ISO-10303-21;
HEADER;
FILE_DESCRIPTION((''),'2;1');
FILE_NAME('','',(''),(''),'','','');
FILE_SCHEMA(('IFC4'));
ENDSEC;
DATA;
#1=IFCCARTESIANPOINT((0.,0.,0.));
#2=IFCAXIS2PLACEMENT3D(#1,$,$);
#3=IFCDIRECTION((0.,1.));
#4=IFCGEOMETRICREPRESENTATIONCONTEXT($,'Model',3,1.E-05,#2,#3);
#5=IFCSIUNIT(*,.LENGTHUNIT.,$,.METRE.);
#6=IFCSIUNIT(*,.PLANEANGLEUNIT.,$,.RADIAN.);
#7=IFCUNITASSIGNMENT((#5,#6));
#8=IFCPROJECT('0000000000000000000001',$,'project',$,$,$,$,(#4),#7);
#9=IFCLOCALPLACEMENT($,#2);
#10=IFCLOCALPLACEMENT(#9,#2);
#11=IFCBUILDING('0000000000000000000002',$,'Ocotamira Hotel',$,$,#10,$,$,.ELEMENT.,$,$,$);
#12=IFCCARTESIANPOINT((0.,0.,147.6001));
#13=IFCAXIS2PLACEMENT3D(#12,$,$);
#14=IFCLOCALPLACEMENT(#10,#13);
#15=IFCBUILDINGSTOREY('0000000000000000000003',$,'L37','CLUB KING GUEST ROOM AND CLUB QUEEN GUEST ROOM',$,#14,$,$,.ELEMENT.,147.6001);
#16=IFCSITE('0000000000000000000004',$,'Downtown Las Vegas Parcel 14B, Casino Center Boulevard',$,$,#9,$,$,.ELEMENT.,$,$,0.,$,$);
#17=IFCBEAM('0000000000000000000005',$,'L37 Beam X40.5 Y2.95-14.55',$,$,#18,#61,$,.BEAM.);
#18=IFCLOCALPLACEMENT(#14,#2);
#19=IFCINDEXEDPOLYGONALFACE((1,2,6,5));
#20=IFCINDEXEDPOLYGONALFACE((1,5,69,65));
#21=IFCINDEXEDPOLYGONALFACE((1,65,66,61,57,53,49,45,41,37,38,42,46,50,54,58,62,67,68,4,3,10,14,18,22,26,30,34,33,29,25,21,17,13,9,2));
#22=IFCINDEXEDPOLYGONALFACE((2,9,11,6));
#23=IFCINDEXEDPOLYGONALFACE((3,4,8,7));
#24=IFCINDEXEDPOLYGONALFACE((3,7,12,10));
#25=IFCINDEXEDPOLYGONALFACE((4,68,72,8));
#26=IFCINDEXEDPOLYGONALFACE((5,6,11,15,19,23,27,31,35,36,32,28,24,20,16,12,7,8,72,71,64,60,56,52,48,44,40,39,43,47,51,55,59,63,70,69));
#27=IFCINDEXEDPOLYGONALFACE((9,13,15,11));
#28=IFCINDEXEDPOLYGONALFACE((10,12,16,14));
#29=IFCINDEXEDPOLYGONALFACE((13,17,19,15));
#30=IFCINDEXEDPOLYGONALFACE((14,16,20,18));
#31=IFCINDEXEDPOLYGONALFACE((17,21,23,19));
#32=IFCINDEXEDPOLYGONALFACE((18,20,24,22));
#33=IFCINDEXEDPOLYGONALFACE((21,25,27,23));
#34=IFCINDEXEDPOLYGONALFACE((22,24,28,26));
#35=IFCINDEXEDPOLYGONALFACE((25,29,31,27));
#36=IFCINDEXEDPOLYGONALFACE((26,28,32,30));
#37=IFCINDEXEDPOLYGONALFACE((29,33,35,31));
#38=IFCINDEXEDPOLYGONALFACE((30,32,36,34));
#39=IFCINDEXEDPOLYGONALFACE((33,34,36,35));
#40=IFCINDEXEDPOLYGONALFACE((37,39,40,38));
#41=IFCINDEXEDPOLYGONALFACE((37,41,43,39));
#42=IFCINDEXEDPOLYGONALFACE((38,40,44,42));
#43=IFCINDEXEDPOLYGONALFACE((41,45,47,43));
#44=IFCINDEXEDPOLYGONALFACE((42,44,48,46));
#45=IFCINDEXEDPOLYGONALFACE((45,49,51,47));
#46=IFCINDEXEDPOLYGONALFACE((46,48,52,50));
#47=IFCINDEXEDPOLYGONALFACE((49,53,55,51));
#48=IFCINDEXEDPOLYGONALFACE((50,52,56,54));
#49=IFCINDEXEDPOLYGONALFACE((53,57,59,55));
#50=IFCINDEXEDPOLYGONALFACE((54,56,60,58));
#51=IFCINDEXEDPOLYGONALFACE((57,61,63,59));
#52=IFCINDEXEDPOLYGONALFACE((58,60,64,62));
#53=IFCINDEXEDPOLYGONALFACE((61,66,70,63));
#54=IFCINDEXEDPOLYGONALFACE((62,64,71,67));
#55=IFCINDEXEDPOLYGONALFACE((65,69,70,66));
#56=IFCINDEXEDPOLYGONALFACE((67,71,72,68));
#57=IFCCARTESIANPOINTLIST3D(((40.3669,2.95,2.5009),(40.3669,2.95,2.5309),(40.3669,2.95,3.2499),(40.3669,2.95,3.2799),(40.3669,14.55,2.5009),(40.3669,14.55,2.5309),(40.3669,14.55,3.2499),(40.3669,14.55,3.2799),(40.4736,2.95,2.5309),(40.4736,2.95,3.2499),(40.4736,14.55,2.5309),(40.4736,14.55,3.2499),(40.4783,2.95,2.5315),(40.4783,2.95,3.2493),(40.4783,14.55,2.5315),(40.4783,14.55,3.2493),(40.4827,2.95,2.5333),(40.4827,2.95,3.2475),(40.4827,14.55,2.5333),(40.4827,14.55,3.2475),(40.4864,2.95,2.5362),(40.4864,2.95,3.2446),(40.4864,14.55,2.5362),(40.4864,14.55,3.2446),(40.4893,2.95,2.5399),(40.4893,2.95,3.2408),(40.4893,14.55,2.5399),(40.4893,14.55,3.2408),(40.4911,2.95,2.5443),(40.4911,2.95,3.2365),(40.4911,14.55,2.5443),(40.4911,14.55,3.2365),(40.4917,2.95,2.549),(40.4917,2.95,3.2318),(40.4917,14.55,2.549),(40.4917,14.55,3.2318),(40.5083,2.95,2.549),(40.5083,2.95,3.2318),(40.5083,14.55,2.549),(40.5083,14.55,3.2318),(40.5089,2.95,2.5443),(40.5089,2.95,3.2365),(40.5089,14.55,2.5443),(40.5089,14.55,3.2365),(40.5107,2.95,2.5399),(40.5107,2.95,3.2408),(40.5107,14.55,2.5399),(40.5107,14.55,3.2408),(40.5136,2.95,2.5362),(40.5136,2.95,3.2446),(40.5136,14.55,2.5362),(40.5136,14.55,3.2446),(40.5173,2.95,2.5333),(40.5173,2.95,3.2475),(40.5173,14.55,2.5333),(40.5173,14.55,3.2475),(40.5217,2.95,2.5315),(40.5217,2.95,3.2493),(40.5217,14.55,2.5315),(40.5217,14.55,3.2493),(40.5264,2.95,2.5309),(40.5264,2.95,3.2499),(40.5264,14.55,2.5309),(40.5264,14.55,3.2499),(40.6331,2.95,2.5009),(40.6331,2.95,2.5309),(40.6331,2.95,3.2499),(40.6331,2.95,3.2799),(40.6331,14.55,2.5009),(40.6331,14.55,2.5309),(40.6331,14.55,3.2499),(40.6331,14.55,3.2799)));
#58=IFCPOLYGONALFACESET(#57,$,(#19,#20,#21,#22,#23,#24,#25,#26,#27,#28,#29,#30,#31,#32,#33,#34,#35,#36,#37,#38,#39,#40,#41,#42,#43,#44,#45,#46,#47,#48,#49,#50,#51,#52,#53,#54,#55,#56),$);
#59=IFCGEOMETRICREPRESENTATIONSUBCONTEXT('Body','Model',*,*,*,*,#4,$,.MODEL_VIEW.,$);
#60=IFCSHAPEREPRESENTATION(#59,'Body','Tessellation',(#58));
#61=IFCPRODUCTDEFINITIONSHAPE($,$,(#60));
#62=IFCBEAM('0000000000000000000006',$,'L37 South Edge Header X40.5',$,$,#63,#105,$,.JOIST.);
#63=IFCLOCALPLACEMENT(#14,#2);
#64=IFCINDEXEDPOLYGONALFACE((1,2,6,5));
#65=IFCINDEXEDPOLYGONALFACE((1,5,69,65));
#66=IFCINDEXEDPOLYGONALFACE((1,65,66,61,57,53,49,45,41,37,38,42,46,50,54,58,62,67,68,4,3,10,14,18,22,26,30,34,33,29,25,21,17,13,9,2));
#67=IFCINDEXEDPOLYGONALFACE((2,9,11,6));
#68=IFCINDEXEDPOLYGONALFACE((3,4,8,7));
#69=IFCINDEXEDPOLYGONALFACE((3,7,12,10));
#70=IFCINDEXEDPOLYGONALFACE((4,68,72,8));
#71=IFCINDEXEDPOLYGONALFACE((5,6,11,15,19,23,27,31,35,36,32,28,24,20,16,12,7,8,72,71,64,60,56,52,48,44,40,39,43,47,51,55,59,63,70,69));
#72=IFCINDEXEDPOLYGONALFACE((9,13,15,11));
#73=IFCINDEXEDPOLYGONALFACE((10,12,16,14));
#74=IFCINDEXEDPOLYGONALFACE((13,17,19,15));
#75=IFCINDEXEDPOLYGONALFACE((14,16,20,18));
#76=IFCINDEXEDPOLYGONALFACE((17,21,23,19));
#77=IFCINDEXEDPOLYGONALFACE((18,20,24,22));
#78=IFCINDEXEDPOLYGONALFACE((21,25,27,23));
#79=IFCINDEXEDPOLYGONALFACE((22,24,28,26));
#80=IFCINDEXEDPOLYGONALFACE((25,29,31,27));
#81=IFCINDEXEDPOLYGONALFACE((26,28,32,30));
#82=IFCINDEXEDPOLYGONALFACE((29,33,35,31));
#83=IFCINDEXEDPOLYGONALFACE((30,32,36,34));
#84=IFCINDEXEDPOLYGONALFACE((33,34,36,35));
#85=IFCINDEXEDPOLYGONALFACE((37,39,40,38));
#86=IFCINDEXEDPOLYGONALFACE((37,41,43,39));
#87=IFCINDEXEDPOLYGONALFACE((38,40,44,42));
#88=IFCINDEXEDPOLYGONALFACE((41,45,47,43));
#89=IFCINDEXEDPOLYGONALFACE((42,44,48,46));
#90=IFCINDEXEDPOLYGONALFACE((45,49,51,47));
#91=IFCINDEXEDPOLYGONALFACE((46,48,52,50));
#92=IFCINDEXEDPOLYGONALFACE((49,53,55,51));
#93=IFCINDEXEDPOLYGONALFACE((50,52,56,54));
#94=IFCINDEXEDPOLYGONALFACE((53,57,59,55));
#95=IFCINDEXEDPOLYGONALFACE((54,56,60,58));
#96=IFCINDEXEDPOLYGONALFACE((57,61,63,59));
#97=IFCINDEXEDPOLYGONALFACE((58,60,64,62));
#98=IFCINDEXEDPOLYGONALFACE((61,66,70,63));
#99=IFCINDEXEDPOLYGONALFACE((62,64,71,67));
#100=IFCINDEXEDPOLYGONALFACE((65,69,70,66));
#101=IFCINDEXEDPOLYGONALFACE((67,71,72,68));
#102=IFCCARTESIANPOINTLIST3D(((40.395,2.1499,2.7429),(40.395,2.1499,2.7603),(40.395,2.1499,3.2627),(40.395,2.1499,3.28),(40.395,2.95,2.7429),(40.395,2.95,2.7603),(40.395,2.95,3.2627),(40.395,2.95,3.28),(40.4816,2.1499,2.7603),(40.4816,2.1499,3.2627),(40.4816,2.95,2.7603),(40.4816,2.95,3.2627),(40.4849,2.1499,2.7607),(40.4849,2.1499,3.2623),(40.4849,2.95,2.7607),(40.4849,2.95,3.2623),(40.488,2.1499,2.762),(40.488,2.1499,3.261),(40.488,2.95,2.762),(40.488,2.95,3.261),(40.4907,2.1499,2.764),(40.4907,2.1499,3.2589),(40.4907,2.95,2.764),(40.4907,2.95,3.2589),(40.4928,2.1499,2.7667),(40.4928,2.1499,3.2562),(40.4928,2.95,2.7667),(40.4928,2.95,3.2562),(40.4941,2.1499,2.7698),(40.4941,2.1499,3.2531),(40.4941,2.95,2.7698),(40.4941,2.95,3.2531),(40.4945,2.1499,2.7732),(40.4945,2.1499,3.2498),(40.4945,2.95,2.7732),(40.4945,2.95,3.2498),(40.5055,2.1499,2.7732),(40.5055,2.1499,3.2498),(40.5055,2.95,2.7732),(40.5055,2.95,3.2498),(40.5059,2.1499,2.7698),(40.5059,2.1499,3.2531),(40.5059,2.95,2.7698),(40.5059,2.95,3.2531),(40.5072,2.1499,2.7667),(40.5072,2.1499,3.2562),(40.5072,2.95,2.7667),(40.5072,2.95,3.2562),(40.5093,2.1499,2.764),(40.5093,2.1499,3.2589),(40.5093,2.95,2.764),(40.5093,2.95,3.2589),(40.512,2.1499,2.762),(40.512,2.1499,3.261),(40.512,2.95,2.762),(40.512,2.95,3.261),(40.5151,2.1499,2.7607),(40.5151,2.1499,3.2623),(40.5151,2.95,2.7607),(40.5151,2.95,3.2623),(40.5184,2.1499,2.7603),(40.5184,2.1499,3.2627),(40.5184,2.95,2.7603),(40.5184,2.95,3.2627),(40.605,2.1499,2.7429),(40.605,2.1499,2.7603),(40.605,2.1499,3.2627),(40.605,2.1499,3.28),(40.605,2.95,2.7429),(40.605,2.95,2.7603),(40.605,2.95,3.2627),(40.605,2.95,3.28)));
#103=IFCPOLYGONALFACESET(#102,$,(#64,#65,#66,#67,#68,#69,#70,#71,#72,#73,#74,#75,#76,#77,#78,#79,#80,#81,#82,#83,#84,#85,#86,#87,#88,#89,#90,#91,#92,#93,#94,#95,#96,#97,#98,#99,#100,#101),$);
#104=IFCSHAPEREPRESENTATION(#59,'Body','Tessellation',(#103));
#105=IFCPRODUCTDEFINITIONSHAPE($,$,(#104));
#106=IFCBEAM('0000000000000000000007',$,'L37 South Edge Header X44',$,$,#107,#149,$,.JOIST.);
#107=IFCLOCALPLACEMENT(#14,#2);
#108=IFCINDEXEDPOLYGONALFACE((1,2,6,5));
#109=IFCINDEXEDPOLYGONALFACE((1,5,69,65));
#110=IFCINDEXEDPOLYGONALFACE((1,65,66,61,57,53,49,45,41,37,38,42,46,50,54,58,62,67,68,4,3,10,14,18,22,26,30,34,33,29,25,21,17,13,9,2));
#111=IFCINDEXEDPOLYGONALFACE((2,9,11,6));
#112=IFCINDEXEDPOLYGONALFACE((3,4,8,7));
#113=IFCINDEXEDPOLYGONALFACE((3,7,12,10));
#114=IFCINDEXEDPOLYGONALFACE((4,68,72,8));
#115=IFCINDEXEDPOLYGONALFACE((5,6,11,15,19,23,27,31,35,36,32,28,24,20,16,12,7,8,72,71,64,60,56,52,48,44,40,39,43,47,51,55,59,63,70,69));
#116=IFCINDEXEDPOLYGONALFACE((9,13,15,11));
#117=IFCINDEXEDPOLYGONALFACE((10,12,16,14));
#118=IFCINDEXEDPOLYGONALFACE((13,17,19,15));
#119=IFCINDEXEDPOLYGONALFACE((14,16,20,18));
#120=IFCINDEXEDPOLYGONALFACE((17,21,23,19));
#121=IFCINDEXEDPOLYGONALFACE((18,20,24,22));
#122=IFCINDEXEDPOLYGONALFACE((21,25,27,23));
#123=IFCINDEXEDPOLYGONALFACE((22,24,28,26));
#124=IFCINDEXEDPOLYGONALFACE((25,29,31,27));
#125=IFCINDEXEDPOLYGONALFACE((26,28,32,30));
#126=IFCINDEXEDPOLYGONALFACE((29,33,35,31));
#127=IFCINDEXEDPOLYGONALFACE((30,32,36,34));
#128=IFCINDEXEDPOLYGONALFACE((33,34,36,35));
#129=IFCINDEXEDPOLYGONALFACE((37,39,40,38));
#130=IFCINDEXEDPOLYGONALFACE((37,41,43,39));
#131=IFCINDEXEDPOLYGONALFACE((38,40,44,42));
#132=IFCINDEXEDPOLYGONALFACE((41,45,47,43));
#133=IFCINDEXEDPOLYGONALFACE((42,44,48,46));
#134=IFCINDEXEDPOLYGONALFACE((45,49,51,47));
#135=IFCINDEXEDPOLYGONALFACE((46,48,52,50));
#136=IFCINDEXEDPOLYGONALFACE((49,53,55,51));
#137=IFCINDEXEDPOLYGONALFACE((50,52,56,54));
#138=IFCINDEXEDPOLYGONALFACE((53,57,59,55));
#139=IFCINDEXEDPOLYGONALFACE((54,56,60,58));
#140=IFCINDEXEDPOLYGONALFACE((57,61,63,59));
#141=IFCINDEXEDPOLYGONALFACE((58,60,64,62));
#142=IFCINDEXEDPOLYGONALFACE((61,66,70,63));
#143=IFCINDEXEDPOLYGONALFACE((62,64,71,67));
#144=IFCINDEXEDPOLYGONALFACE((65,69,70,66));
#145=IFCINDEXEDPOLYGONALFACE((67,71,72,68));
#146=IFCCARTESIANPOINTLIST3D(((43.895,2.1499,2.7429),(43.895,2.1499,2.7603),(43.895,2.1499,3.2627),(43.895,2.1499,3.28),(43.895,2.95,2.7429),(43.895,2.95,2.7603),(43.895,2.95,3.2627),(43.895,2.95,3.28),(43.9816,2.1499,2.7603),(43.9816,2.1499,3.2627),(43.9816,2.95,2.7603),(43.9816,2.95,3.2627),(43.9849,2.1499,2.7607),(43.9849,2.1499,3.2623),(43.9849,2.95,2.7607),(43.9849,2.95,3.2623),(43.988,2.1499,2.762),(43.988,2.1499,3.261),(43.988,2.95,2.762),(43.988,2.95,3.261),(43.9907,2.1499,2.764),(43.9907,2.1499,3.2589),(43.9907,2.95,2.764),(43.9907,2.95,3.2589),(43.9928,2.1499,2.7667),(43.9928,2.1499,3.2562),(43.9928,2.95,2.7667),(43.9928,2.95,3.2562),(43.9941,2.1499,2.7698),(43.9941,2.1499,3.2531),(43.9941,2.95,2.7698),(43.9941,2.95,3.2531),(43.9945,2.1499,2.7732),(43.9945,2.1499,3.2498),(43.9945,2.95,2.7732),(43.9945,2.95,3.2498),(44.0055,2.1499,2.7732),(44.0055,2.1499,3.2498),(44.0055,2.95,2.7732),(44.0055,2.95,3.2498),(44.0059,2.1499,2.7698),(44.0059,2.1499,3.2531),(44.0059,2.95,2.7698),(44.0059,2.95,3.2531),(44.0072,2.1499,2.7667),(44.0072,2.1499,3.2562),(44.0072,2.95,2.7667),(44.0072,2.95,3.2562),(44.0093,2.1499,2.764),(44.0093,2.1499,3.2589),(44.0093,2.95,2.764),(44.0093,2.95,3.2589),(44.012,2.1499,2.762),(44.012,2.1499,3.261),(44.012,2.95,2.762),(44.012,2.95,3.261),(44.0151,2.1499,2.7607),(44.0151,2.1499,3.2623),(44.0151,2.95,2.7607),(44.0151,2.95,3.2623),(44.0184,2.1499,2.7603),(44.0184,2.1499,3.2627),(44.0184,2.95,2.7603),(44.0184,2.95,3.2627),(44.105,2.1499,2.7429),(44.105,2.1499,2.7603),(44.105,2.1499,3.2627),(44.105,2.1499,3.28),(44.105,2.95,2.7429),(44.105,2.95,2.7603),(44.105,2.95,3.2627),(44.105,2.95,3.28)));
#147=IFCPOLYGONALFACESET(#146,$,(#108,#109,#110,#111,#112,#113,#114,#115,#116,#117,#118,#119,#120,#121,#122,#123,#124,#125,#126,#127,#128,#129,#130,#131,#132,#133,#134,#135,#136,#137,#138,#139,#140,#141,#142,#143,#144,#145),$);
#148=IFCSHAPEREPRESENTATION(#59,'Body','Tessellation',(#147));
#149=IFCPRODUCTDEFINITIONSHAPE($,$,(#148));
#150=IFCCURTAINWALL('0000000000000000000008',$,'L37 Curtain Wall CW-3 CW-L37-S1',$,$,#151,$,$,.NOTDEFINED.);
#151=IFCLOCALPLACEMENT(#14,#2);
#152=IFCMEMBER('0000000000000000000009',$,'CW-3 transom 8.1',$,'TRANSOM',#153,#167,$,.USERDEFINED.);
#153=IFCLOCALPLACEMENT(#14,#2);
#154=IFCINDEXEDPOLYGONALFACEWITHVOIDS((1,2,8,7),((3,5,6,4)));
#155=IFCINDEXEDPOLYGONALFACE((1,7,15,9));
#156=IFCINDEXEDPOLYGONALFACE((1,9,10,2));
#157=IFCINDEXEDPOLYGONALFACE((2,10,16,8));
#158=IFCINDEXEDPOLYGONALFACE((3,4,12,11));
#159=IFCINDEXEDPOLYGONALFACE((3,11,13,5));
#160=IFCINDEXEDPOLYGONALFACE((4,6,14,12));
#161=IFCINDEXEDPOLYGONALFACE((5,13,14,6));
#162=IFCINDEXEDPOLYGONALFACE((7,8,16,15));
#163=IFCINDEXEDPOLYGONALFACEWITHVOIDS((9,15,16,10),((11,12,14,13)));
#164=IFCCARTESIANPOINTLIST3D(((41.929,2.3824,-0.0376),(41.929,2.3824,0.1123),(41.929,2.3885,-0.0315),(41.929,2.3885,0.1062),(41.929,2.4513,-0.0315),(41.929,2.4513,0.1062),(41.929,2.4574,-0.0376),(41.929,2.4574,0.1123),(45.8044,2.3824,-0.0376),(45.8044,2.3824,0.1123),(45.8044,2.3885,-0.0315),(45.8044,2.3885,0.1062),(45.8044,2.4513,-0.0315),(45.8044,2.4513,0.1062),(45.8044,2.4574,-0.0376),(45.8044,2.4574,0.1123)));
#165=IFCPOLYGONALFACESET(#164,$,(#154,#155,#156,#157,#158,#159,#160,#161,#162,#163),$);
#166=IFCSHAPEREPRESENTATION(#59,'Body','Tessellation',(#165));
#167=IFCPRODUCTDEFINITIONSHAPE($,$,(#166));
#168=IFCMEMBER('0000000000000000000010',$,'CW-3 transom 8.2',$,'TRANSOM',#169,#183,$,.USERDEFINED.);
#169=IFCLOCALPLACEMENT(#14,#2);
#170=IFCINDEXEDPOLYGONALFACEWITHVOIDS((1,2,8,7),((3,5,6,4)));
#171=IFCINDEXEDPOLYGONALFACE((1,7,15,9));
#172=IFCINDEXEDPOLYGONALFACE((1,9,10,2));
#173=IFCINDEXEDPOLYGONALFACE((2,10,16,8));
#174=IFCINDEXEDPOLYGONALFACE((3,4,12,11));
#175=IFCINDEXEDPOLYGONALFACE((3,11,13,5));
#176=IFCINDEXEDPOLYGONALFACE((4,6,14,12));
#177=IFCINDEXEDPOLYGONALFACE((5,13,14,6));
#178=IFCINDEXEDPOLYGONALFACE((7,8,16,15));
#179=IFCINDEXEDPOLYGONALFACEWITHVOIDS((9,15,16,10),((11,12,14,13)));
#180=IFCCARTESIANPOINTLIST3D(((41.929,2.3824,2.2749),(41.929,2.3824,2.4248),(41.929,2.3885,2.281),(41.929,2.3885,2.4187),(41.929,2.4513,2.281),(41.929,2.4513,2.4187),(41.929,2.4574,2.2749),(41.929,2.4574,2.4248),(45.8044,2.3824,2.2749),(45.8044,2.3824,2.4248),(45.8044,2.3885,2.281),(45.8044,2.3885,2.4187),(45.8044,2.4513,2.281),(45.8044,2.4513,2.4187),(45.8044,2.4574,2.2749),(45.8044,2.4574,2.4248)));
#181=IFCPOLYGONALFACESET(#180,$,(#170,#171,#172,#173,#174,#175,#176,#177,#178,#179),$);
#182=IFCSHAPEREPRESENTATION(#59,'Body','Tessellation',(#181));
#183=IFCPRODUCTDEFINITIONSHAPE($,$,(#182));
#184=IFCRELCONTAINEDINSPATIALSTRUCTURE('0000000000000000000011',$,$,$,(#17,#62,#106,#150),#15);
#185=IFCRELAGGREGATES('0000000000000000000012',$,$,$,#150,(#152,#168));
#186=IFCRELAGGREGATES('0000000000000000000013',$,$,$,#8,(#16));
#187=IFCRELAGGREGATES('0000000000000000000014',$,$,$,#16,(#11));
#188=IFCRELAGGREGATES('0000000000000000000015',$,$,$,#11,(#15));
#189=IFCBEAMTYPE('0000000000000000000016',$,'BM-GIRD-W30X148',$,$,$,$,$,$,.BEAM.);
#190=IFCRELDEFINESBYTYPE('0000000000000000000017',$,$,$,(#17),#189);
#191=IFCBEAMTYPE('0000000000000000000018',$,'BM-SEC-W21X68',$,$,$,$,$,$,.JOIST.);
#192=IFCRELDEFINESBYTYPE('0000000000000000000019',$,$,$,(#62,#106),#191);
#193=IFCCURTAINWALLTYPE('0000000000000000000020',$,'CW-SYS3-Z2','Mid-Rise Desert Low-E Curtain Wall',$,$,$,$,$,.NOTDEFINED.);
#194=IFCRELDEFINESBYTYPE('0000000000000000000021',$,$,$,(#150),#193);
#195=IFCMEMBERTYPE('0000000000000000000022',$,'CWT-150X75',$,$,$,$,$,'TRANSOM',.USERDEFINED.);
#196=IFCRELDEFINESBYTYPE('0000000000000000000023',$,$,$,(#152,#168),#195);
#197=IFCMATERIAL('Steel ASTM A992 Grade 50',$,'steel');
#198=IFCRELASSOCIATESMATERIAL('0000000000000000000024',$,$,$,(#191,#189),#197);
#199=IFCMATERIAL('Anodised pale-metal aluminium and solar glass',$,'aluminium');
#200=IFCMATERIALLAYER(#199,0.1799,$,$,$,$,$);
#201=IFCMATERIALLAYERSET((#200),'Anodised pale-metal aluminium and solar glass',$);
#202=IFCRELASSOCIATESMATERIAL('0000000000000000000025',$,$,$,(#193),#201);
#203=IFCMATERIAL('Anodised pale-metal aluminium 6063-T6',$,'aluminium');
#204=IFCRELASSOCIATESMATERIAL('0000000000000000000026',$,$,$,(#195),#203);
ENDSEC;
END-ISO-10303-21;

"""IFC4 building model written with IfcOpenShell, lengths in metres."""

from ifc_helpers import new_model, si_unit, direction, frame, origin, origin_2d, place, context, subcontext, project, spatial, hollow_rectangle, i_section, extrude, source, transform, mapped, material, layer, layer_set, material_profile, profile_set, type_object, element, aggregate, save


model = new_model("IFC4")

# Units and contexts
model_context = context("Model", 3, precision=1e-05, world=origin(), true_north=direction((0.0, 1.0)))
body_context = subcontext(model_context, "Body", "Model", "MODEL_VIEW")
ifc_project = project(units=[si_unit("LENGTHUNIT", "METRE"), si_unit("PLANEANGLEUNIT", "RADIAN")], contexts=[model_context])

# Site, building, storey
site_placement = place(None, origin())
site = spatial("IfcSite", under=ifc_project, at=site_placement, Name="Downtown Las Vegas Parcel 14B, Casino Center Boulevard", CompositionType="ELEMENT", RefElevation=0.0)
building_placement = place(site_placement, origin())
building = spatial("IfcBuilding", under=site, at=building_placement, Name="Ocotamira Hotel", CompositionType="ELEMENT")
storey_placement = place(building_placement, frame((0.0, 0.0, 147.6001)))
storey = spatial("IfcBuildingStorey", under=building, at=storey_placement, Name="L37", Description="CLUB KING GUEST ROOM AND CLUB QUEEN GUEST ROOM", CompositionType="ELEMENT", Elevation=147.6001)

# Beams
ifc_material_1 = material(Name="Steel ASTM A992 Grade 50", Category="steel")
ifc_material_profile_1 = material_profile(ifc_material_1, i_section(OverallWidth=0.21, OverallDepth=0.5371, WebThickness=0.011, FlangeThickness=0.0173, FilletRadius=0.0129, at=origin_2d()), Name="W21X68")
ifc_profile_set_1 = profile_set([ifc_material_profile_1], Name="Steel ASTM A992 Grade 50")
beam_type_1 = type_object("IfcBeamType", Name="BM-SEC-W21X68", PredefinedType="JOIST", material=ifc_profile_set_1)
ifc_material_profile_2 = material_profile(ifc_material_1, i_section(OverallWidth=0.2661, OverallDepth=0.7791, WebThickness=0.0166, FlangeThickness=0.03, FilletRadius=0.0181, at=origin_2d()), Name="W30X148")
ifc_profile_set_2 = profile_set([ifc_material_profile_2], Name="Steel ASTM A992 Grade 50")
beam_type_2 = type_object("IfcBeamType", Name="BM-GIRD-W30X148", PredefinedType="BEAM", material=ifc_profile_set_2)
shared_shape_1 = source(origin(), body_context, "Body", "SweptSolid", [
    extrude(i_section(OverallWidth=0.2661, OverallDepth=0.7791, WebThickness=0.0166, FlangeThickness=0.03, FilletRadius=0.0181, at=origin_2d()), origin(), (0.0, 0.0, 1.0), 11.6001),
])
beam_1_placement = place(storey_placement, frame((40.5, 2.95, 2.8904), z_axis=(0.0, 1.0, 0.0), x_axis=(-1.0, 0.0, 0.0)))
element("IfcBeam", 1, at=beam_1_placement, inside=storey, type_object=beam_type_2, Name="L37 Beam X40.5 Y2.95-14.55", PredefinedType="BEAM", context=body_context, shape_type="MappedRepresentation", body=[
    mapped(shared_shape_1, transform((0.0, 0.0, 0.0), scale=1.0)),
])
shared_shape_2 = source(origin(), body_context, "Body", "SweptSolid", [
    extrude(i_section(OverallWidth=0.21, OverallDepth=0.5371, WebThickness=0.011, FlangeThickness=0.0173, FilletRadius=0.0129, at=origin_2d()), origin(), (0.0, 0.0, 1.0), 0.8),
])
for number, where, z_axis, x_axis, name in (
    (2, (40.5, 2.95, 3.0115), (0.0, -1.0, 0.0), (1.0, 0.0, 0.0), "L37 South Edge Header X40.5"),
    (3, (44.0, 2.95, 3.0115), (0.0, -1.0, 0.0), (1.0, 0.0, 0.0), "L37 South Edge Header X44"),
):
    element("IfcBeam", number, at=place(storey_placement, frame(where, z_axis=z_axis, x_axis=x_axis)), inside=storey, type_object=beam_type_1, Name=name, PredefinedType="JOIST", context=body_context, shape_type="MappedRepresentation", body=[
        mapped(shared_shape_2, transform((0.0, 0.0, 0.0), scale=1.0)),
    ])

# Curtain wall, members
ifc_material_2 = material(Name="Anodised pale-metal aluminium and solar glass", Category="aluminium")
ifc_layer_1 = layer(ifc_material_2, 0.1799)
ifc_layer_set_1 = layer_set([ifc_layer_1], Name="Anodised pale-metal aluminium and solar glass")
curtain_wall_type = type_object("IfcCurtainWallType", Name="CW-SYS3-Z2", Description="Mid-Rise Desert Low-E Curtain Wall", PredefinedType="NOTDEFINED", material=ifc_layer_set_1)
curtain_wall_placement = place(storey_placement, origin())
curtain_wall = element("IfcCurtainWall", 4, at=curtain_wall_placement, inside=storey, type_object=curtain_wall_type, Name="L37 Curtain Wall CW-3 CW-L37-S1", PredefinedType="NOTDEFINED")
ifc_material_3 = material(Name="Anodised pale-metal aluminium 6063-T6", Category="aluminium")
ifc_material_profile_3 = material_profile(ifc_material_3, hollow_rectangle(XDim=0.075, YDim=0.1499, WallThickness=0.0061, at=origin_2d()), Name="HSS150X75X6")
ifc_profile_set_3 = profile_set([ifc_material_profile_3], Name="Anodised pale-metal aluminium 6063-T6")
member_type_1 = type_object("IfcMemberType", Name="CWT-150X75", ElementType="TRANSOM", PredefinedType="USERDEFINED", material=ifc_profile_set_3)
shared_shape_3 = source(origin(), body_context, "Body", "SweptSolid", [
    extrude(hollow_rectangle(XDim=0.075, YDim=0.1499, WallThickness=0.0061, at=origin_2d()), origin(), (0.0, 0.0, 1.0), 3.8755),
])
member_1_placement = place(storey_placement, frame((41.929, 2.4199, 0.0374), z_axis=(1.0, 0.0, 0.0), x_axis=(0.0, 1.0, 0.0)))
member_1 = element("IfcMember", 5, at=member_1_placement, type_object=member_type_1, Name="CW-3 transom 8.1", ObjectType="TRANSOM", PredefinedType="USERDEFINED", context=body_context, shape_type="MappedRepresentation", body=[
    mapped(shared_shape_3, transform((0.0, 0.0, 0.0), scale=1.0)),
])
member_2_placement = place(storey_placement, frame((41.929, 2.4199, 2.3499), z_axis=(1.0, 0.0, 0.0), x_axis=(0.0, 1.0, 0.0)))
member_2 = element("IfcMember", 6, at=member_2_placement, type_object=member_type_1, Name="CW-3 transom 8.2", ObjectType="TRANSOM", PredefinedType="USERDEFINED", context=body_context, shape_type="MappedRepresentation", body=[
    mapped(shared_shape_3, transform((0.0, 0.0, 0.0), scale=1.0)),
])
aggregate(curtain_wall, [member_1, member_2])

save(model, "model.ifc")
